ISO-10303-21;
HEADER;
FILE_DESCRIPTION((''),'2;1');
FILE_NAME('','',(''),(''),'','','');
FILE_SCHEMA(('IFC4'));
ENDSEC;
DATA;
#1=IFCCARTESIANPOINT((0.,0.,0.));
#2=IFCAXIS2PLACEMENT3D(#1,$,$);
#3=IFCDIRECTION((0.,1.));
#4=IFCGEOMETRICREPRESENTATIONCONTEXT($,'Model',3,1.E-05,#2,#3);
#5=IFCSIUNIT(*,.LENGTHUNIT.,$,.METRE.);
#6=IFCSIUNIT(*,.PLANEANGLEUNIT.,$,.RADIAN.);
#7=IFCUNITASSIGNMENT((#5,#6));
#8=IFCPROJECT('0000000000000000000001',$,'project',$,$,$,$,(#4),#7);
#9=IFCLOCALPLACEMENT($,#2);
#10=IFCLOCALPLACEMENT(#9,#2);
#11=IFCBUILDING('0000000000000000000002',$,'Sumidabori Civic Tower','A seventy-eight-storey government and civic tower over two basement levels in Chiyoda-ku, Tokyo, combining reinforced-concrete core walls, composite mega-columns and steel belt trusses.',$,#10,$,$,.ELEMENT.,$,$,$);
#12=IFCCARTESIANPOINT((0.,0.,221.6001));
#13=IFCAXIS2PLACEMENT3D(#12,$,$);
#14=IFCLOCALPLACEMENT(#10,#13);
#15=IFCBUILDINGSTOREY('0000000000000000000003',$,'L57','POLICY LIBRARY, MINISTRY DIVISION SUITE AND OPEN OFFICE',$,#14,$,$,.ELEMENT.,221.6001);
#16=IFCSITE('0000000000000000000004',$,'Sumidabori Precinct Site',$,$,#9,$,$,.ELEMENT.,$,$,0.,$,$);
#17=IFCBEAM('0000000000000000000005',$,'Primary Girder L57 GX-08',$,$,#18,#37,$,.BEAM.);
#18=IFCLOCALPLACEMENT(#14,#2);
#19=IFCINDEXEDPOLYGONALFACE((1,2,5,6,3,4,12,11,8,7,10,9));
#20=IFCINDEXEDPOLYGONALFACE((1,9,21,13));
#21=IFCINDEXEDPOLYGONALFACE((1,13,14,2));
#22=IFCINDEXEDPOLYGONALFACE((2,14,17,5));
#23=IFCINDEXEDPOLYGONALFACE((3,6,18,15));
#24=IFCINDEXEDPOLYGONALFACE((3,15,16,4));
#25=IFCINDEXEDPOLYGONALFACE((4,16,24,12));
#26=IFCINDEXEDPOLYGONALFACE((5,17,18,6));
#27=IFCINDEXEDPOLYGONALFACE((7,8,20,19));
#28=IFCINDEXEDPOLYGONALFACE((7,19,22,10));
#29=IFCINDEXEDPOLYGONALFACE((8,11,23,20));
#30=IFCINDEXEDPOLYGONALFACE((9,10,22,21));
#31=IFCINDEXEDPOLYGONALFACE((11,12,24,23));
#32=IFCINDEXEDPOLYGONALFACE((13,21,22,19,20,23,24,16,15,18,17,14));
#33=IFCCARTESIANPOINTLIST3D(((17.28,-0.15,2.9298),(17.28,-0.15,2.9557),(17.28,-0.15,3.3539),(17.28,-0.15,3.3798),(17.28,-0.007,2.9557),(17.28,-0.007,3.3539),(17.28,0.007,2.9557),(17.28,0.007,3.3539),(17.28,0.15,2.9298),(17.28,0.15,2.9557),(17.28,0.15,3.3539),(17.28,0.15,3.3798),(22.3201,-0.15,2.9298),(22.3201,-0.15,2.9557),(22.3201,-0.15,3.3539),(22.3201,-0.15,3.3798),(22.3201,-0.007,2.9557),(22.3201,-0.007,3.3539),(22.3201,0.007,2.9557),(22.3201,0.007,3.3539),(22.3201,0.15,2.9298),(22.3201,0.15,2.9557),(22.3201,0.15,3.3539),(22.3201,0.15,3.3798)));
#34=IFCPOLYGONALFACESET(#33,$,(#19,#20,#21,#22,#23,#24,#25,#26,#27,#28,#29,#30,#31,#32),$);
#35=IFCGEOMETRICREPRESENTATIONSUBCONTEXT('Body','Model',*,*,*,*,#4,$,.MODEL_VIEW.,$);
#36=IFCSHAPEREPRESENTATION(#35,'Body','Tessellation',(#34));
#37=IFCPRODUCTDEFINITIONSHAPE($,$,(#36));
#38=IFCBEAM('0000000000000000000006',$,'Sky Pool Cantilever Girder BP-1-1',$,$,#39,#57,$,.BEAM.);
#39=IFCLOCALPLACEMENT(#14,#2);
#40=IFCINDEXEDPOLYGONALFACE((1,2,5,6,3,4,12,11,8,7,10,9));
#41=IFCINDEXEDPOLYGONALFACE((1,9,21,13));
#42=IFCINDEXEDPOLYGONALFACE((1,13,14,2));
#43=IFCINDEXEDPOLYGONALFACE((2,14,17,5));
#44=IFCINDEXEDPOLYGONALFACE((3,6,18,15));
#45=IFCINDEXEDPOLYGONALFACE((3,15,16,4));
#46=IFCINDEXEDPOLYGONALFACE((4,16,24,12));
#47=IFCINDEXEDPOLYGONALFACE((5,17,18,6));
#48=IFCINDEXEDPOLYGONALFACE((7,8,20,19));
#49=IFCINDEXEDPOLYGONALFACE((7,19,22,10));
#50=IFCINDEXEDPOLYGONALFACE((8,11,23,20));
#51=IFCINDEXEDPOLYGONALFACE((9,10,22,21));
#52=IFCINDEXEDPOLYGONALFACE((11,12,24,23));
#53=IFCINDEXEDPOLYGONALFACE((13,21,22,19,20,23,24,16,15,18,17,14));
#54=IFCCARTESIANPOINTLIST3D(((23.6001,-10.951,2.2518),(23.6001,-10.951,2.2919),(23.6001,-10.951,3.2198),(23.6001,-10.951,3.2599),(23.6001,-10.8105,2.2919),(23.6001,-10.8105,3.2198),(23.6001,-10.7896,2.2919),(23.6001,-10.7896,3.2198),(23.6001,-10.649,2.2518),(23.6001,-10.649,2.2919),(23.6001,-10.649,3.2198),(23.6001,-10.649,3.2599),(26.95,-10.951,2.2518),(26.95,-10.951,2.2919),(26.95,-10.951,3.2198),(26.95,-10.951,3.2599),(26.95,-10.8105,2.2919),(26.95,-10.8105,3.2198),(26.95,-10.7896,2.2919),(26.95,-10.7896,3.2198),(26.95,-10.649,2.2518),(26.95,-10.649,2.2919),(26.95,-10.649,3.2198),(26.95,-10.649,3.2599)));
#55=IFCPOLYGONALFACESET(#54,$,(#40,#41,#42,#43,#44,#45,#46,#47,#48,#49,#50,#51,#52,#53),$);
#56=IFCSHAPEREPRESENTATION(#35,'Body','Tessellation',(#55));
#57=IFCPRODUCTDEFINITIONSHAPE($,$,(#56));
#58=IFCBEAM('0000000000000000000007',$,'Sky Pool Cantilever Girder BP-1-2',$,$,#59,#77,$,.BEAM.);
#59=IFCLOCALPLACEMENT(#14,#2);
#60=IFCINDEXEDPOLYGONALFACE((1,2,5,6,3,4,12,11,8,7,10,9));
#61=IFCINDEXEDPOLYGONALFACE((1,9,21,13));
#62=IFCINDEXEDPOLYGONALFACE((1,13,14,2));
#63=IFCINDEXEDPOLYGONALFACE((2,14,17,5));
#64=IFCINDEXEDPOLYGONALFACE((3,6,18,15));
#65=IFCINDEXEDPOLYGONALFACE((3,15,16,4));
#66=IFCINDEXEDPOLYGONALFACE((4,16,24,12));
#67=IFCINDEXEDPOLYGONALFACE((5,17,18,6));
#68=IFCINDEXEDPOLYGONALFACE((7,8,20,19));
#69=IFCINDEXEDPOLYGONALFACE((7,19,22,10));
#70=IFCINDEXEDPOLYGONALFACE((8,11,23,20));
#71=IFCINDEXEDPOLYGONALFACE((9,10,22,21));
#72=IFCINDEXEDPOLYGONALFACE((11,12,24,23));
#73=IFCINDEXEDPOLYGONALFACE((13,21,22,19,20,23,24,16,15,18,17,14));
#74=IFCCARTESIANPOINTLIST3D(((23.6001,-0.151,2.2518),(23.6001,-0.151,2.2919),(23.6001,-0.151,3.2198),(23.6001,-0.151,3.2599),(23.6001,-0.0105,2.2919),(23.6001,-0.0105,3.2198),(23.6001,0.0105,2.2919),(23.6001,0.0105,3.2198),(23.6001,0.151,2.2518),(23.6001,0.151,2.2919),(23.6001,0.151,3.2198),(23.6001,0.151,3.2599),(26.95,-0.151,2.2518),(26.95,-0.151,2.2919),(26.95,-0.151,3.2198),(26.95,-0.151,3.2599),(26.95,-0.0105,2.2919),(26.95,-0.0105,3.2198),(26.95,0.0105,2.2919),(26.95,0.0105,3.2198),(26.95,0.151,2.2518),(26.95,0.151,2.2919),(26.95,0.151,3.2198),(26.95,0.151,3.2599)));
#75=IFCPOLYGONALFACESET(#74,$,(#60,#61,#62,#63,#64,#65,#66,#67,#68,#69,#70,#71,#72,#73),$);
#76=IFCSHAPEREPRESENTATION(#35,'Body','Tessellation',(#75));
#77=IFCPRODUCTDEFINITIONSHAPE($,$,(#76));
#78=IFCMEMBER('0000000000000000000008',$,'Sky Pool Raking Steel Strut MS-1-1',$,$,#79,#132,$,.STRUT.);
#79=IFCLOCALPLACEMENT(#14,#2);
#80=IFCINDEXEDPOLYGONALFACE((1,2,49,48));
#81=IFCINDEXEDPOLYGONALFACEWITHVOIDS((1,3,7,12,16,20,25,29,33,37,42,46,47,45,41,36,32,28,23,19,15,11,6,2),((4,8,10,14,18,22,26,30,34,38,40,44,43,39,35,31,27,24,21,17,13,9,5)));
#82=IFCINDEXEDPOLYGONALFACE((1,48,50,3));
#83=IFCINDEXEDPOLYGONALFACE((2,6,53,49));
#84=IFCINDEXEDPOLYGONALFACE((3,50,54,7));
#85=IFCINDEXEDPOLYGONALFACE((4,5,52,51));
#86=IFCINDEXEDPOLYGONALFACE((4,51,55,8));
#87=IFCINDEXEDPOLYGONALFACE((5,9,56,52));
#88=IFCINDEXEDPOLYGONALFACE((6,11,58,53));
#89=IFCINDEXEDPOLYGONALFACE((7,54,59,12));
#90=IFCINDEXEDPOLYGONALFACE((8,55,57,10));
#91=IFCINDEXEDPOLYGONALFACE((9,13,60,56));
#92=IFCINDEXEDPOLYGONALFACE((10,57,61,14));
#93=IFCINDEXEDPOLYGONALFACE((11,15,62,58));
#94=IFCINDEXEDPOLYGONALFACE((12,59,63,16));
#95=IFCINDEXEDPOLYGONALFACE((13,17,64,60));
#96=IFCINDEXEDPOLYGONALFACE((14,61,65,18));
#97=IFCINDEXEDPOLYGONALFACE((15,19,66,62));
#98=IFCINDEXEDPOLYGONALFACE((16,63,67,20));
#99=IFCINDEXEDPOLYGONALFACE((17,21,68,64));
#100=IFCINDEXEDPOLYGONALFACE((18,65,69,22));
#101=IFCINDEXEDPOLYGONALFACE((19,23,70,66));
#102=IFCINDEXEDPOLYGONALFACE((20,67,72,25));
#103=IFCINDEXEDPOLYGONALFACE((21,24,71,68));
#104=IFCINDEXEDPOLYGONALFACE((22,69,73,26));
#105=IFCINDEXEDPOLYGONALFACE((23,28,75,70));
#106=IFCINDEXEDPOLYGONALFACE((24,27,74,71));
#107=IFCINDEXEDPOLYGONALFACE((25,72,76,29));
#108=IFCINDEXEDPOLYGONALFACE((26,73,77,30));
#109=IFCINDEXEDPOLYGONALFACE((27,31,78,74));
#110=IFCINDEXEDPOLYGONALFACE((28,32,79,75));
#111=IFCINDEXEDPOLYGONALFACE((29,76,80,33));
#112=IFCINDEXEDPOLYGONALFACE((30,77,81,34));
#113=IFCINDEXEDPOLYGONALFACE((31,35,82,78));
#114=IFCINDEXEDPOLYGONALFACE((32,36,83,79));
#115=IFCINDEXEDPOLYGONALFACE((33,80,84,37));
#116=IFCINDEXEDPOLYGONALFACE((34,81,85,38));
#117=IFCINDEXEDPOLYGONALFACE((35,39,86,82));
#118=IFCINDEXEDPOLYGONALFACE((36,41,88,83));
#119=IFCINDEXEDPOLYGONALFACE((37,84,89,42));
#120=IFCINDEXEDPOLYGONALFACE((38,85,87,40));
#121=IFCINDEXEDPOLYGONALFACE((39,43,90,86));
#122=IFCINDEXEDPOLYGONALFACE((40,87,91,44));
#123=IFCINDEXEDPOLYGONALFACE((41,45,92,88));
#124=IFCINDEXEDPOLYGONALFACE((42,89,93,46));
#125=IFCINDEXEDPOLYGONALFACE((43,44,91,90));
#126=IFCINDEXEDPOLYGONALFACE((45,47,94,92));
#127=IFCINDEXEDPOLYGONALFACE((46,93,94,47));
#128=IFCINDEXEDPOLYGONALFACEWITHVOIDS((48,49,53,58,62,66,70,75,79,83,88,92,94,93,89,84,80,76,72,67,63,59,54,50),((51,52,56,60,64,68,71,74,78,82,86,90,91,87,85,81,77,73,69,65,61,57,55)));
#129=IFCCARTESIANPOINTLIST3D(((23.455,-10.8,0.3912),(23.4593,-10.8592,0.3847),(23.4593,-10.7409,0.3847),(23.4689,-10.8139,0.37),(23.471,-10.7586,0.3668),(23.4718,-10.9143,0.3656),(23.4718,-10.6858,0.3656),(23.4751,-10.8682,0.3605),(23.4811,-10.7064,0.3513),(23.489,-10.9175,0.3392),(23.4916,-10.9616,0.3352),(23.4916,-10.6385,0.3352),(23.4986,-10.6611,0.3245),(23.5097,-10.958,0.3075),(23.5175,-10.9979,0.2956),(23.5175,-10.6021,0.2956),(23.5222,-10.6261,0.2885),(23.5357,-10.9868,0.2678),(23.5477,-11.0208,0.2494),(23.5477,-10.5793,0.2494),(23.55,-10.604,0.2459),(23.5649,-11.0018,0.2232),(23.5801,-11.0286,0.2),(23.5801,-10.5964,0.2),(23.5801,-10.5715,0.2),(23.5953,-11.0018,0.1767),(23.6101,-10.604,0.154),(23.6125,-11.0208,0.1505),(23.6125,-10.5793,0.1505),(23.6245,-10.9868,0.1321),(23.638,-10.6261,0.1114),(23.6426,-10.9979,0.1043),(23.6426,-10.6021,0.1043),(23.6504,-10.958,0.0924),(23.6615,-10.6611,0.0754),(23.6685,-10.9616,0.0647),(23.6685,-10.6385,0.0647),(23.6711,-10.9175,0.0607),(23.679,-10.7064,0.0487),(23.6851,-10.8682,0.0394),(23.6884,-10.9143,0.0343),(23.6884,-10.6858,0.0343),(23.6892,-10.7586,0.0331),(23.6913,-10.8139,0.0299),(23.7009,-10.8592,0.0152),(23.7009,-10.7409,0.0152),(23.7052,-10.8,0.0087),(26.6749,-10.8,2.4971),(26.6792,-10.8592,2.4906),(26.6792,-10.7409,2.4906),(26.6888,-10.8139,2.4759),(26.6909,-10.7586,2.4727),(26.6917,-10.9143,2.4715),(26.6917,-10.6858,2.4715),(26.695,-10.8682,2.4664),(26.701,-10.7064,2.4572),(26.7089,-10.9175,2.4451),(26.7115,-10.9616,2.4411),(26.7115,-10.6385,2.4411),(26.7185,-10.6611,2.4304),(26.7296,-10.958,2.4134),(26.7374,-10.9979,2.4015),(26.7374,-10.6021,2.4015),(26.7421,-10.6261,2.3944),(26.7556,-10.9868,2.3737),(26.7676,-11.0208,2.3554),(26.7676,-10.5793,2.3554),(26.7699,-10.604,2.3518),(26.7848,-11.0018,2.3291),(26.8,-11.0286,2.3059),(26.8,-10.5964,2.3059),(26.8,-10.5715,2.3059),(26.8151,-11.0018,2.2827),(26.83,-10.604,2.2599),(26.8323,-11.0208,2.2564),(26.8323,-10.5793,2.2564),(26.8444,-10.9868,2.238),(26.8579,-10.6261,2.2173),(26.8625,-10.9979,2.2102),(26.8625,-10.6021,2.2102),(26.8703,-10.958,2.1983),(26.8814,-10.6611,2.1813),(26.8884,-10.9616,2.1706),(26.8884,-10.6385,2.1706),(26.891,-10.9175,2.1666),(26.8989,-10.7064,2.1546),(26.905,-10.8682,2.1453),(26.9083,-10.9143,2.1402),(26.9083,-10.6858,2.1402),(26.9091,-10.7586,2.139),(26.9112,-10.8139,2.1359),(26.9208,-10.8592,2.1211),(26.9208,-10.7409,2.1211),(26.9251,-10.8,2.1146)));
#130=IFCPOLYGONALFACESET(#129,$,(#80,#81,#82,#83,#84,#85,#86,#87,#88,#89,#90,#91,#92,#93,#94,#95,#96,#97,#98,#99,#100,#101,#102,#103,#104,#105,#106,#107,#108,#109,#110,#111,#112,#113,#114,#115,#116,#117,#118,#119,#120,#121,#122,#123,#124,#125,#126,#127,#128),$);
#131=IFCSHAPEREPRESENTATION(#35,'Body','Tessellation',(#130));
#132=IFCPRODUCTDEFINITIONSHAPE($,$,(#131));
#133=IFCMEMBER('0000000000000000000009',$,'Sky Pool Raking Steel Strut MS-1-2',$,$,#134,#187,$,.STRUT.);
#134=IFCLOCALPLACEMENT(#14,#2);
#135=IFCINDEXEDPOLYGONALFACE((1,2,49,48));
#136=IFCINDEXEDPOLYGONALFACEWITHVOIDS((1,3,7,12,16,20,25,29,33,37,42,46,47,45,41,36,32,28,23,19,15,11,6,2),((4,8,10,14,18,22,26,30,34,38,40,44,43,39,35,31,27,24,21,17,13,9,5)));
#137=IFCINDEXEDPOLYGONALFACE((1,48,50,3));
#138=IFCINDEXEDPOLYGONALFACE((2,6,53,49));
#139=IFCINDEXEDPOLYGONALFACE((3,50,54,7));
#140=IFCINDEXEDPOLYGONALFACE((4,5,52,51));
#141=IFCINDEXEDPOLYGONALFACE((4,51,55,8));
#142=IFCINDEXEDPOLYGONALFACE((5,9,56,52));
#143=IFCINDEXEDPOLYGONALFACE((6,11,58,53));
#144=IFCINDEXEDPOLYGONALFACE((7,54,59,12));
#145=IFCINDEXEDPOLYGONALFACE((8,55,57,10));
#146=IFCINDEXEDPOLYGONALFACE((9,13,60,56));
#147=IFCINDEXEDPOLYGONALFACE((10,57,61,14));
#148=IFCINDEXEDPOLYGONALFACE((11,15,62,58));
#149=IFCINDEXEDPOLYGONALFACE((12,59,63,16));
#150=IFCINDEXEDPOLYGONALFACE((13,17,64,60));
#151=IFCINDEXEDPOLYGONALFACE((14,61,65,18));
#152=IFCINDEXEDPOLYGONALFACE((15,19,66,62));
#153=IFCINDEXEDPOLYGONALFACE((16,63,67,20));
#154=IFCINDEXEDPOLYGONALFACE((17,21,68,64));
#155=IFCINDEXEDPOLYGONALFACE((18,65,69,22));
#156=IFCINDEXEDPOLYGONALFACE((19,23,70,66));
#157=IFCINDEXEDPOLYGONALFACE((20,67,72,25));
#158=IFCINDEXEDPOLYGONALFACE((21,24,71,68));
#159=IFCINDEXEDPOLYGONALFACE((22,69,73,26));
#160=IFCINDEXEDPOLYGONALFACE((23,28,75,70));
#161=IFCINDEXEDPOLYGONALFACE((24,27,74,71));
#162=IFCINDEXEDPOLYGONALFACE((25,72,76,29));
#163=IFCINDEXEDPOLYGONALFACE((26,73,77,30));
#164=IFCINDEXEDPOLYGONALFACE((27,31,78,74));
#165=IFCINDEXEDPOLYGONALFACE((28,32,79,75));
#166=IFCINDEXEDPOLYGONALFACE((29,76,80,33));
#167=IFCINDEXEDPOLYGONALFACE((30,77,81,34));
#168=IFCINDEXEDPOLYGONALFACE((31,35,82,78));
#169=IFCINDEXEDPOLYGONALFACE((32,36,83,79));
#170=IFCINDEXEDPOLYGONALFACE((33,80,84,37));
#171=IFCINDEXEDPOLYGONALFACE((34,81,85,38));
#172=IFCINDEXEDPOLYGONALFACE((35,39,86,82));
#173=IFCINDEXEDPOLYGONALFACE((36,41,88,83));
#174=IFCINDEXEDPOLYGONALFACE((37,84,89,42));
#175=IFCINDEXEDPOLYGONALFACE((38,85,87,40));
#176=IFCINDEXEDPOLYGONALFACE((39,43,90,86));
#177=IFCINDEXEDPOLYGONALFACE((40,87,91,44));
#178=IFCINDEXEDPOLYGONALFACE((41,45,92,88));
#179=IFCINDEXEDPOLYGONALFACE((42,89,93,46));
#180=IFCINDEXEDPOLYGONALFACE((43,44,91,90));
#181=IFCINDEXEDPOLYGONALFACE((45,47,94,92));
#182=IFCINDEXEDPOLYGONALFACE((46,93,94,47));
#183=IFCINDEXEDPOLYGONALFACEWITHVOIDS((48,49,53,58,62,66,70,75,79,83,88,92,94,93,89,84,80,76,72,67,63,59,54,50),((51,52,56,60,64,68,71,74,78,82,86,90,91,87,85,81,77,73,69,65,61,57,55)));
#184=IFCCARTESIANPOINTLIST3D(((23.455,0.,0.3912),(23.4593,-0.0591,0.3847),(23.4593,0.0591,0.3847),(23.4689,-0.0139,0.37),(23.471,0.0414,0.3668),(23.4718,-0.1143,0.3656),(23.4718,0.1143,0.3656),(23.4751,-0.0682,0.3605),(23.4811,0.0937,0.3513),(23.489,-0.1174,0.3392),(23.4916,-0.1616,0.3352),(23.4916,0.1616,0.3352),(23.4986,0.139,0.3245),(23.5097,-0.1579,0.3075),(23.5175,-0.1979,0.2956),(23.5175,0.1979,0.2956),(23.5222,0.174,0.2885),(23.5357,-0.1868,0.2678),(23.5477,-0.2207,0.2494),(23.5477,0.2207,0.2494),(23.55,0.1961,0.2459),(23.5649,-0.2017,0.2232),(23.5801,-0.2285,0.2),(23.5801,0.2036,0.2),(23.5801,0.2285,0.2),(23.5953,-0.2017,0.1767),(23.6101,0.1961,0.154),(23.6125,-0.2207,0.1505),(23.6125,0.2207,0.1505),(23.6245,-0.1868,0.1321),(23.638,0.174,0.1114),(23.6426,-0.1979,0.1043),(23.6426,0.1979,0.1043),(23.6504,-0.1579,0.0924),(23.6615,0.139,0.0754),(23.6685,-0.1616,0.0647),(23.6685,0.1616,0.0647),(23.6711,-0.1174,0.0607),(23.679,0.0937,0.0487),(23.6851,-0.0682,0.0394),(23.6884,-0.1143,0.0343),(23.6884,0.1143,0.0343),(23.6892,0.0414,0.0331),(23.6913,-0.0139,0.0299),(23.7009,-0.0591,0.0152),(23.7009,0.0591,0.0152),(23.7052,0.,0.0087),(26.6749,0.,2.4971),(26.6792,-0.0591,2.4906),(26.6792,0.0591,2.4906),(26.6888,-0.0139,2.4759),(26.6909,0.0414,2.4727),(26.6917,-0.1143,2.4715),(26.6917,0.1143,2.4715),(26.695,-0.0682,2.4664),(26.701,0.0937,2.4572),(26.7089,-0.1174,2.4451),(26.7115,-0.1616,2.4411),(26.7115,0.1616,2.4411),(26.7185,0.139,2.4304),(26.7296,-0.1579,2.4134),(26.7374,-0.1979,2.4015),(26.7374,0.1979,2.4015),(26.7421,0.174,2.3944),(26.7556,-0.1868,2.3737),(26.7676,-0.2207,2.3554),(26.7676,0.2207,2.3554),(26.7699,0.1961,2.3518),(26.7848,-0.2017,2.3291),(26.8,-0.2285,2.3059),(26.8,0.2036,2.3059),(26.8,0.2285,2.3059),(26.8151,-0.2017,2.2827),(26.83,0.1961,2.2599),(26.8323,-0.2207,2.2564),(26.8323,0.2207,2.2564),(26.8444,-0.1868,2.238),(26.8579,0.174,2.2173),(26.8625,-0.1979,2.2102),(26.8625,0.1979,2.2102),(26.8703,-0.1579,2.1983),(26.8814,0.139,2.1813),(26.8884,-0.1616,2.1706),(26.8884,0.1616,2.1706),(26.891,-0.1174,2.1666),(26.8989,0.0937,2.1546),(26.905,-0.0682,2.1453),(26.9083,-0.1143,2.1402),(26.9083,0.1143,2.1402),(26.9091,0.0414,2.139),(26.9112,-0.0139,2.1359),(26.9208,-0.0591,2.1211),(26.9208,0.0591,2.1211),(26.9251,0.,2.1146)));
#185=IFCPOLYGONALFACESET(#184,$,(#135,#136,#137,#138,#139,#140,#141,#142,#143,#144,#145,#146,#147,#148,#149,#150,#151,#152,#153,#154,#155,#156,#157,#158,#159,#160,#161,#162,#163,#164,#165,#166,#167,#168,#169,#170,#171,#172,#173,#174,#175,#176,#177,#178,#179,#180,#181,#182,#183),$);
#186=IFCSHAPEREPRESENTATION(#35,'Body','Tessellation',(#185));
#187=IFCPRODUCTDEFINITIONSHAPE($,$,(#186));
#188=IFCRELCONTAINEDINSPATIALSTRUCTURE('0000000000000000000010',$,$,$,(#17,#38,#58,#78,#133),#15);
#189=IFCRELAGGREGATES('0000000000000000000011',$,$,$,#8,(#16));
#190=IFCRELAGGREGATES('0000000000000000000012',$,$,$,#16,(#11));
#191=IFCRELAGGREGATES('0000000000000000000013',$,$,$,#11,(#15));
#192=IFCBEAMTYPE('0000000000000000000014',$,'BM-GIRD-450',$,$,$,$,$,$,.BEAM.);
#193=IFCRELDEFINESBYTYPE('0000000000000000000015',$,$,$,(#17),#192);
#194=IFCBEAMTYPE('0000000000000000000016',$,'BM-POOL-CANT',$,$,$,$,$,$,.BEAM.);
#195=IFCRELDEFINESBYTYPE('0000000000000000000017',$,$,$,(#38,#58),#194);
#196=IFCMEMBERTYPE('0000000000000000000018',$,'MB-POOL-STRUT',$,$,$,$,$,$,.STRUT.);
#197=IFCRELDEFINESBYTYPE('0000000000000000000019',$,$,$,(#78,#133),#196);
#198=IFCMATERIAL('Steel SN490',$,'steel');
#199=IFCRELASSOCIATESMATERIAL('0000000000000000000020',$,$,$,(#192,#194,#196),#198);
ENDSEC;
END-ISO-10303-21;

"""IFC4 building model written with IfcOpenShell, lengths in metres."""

from ifc_helpers import new_model, si_unit, direction, frame, origin, origin_2d, place, context, subcontext, project, spatial, hollow_circle, i_section, extrude, source, transform, mapped, material, material_profile, profile_set, type_object, element, save


model = new_model("IFC4")

# Units and contexts
model_context = context("Model", 3, precision=1e-05, world=origin(), true_north=direction((0.0, 1.0)))
body_context = subcontext(model_context, "Body", "Model", "MODEL_VIEW")
ifc_project = project(units=[si_unit("LENGTHUNIT", "METRE"), si_unit("PLANEANGLEUNIT", "RADIAN")], contexts=[model_context])

# Site, building, storey
site_placement = place(None, origin())
site = spatial("IfcSite", under=ifc_project, at=site_placement, Name="Sumidabori Precinct Site", CompositionType="ELEMENT", RefElevation=0.0)
building_placement = place(site_placement, origin())
building = spatial("IfcBuilding", under=site, at=building_placement, Name="Sumidabori Civic Tower", Description="A seventy-eight-storey government and civic tower over two basement levels in Chiyoda-ku, Tokyo, combining reinforced-concrete core walls, composite mega-columns and steel belt trusses.", CompositionType="ELEMENT")
storey_placement = place(building_placement, frame((0.0, 0.0, 221.6001)))
storey = spatial("IfcBuildingStorey", under=building, at=storey_placement, Name="L57", Description="POLICY LIBRARY, MINISTRY DIVISION SUITE AND OPEN OFFICE", CompositionType="ELEMENT", Elevation=221.6001)

# Beams
ifc_material_1 = material(Name="Steel SN490", Category="steel")
ifc_material_profile_1 = material_profile(ifc_material_1, i_section(OverallWidth=0.3, OverallDepth=0.45, WebThickness=0.0139, FlangeThickness=0.0259, at=origin_2d()), Name="HE 450 B")
ifc_profile_set_1 = profile_set([ifc_material_profile_1], Name="Steel SN490")
beam_type_1 = type_object("IfcBeamType", Name="BM-GIRD-450", PredefinedType="BEAM", material=ifc_profile_set_1)
shared_shape_1 = source(origin(), body_context, "Body", "SweptSolid", [
    extrude(i_section(OverallWidth=0.3, OverallDepth=0.45, WebThickness=0.0139, FlangeThickness=0.0259, at=origin_2d()), origin(), (0.0, 0.0, 1.0), 5.04),
])
for number, where, z_axis, x_axis, name in (
    (1, (17.28, 0.0, 3.1548), (1.0, 0.0, 0.0), (0.0, 1.0, 0.0), "Primary Girder L57 GX-08"),
):
    element("IfcBeam", number, at=place(storey_placement, frame(where, z_axis=z_axis, x_axis=x_axis)), inside=storey, type_object=beam_type_1, Name=name, PredefinedType="BEAM", context=body_context, shape_type="MappedRepresentation", body=[
        mapped(shared_shape_1, transform((0.0, 0.0, 0.0), x_axis=(1.0, 0.0, 0.0), y_axis=(0.0, 1.0, 0.0), z_axis=(0.0, 0.0, 1.0), scale=1.0)),
    ])
ifc_material_profile_2 = material_profile(ifc_material_1, i_section(OverallWidth=0.302, OverallDepth=1.0081, WebThickness=0.021, FlangeThickness=0.04, at=origin_2d()), Name="HE 1000 M")
ifc_profile_set_2 = profile_set([ifc_material_profile_2], Name="Steel SN490")
beam_type_2 = type_object("IfcBeamType", Name="BM-POOL-CANT", PredefinedType="BEAM", material=ifc_profile_set_2)
shared_shape_2 = source(origin(), body_context, "Body", "SweptSolid", [
    extrude(i_section(OverallWidth=0.302, OverallDepth=1.0081, WebThickness=0.021, FlangeThickness=0.04, at=origin_2d()), origin(), (0.0, 0.0, 1.0), 3.3499),
])
for number, where, z_axis, x_axis, name in (
    (2, (23.6001, -10.8, 2.7559), (1.0, 0.0, 0.0), (0.0, 1.0, 0.0), "Sky Pool Cantilever Girder BP-1-1"),
    (3, (23.6001, 0.0, 2.7559), (1.0, 0.0, 0.0), (0.0, 1.0, 0.0), "Sky Pool Cantilever Girder BP-1-2"),
):
    element("IfcBeam", number, at=place(storey_placement, frame(where, z_axis=z_axis, x_axis=x_axis)), inside=storey, type_object=beam_type_2, Name=name, PredefinedType="BEAM", context=body_context, shape_type="MappedRepresentation", body=[
        mapped(shared_shape_2, transform((0.0, 0.0, 0.0), x_axis=(1.0, 0.0, 0.0), y_axis=(0.0, 1.0, 0.0), z_axis=(0.0, 0.0, 1.0), scale=1.0)),
    ])

# Members
ifc_material_profile_3 = material_profile(ifc_material_1, hollow_circle(Radius=0.2285, WallThickness=0.0249, at=origin_2d()), Name="CHS 457x25")
ifc_profile_set_3 = profile_set([ifc_material_profile_3], Name="Steel SN490")
member_type_1 = type_object("IfcMemberType", Name="MB-POOL-STRUT", PredefinedType="STRUT", material=ifc_profile_set_3)
shared_shape_3 = source(origin(), body_context, "Body", "SweptSolid", [
    extrude(hollow_circle(Radius=0.2285, WallThickness=0.0249, at=origin_2d()), origin(), (0.0, 0.0, 1.0), 3.8474),
])
for number, where, z_axis, x_axis, name in (
    (4, (23.5801, -10.8, 0.2), (0.836899, 0.0, 0.547357), (0.0, 1.0, 0.0), "Sky Pool Raking Steel Strut MS-1-1"),
    (5, (23.5801, 0.0, 0.2), (0.836899, 0.0, 0.547357), (0.0, 1.0, 0.0), "Sky Pool Raking Steel Strut MS-1-2"),
):
    element("IfcMember", number, at=place(storey_placement, frame(where, z_axis=z_axis, x_axis=x_axis)), inside=storey, type_object=member_type_1, Name=name, PredefinedType="STRUT", context=body_context, shape_type="MappedRepresentation", body=[
        mapped(shared_shape_3, transform((0.0, 0.0, 0.0), x_axis=(1.0, 0.0, 0.0), y_axis=(0.0, 1.0, 0.0), z_axis=(0.0, 0.0, 1.0), scale=1.0)),
    ])

save(model, "model.ifc")
